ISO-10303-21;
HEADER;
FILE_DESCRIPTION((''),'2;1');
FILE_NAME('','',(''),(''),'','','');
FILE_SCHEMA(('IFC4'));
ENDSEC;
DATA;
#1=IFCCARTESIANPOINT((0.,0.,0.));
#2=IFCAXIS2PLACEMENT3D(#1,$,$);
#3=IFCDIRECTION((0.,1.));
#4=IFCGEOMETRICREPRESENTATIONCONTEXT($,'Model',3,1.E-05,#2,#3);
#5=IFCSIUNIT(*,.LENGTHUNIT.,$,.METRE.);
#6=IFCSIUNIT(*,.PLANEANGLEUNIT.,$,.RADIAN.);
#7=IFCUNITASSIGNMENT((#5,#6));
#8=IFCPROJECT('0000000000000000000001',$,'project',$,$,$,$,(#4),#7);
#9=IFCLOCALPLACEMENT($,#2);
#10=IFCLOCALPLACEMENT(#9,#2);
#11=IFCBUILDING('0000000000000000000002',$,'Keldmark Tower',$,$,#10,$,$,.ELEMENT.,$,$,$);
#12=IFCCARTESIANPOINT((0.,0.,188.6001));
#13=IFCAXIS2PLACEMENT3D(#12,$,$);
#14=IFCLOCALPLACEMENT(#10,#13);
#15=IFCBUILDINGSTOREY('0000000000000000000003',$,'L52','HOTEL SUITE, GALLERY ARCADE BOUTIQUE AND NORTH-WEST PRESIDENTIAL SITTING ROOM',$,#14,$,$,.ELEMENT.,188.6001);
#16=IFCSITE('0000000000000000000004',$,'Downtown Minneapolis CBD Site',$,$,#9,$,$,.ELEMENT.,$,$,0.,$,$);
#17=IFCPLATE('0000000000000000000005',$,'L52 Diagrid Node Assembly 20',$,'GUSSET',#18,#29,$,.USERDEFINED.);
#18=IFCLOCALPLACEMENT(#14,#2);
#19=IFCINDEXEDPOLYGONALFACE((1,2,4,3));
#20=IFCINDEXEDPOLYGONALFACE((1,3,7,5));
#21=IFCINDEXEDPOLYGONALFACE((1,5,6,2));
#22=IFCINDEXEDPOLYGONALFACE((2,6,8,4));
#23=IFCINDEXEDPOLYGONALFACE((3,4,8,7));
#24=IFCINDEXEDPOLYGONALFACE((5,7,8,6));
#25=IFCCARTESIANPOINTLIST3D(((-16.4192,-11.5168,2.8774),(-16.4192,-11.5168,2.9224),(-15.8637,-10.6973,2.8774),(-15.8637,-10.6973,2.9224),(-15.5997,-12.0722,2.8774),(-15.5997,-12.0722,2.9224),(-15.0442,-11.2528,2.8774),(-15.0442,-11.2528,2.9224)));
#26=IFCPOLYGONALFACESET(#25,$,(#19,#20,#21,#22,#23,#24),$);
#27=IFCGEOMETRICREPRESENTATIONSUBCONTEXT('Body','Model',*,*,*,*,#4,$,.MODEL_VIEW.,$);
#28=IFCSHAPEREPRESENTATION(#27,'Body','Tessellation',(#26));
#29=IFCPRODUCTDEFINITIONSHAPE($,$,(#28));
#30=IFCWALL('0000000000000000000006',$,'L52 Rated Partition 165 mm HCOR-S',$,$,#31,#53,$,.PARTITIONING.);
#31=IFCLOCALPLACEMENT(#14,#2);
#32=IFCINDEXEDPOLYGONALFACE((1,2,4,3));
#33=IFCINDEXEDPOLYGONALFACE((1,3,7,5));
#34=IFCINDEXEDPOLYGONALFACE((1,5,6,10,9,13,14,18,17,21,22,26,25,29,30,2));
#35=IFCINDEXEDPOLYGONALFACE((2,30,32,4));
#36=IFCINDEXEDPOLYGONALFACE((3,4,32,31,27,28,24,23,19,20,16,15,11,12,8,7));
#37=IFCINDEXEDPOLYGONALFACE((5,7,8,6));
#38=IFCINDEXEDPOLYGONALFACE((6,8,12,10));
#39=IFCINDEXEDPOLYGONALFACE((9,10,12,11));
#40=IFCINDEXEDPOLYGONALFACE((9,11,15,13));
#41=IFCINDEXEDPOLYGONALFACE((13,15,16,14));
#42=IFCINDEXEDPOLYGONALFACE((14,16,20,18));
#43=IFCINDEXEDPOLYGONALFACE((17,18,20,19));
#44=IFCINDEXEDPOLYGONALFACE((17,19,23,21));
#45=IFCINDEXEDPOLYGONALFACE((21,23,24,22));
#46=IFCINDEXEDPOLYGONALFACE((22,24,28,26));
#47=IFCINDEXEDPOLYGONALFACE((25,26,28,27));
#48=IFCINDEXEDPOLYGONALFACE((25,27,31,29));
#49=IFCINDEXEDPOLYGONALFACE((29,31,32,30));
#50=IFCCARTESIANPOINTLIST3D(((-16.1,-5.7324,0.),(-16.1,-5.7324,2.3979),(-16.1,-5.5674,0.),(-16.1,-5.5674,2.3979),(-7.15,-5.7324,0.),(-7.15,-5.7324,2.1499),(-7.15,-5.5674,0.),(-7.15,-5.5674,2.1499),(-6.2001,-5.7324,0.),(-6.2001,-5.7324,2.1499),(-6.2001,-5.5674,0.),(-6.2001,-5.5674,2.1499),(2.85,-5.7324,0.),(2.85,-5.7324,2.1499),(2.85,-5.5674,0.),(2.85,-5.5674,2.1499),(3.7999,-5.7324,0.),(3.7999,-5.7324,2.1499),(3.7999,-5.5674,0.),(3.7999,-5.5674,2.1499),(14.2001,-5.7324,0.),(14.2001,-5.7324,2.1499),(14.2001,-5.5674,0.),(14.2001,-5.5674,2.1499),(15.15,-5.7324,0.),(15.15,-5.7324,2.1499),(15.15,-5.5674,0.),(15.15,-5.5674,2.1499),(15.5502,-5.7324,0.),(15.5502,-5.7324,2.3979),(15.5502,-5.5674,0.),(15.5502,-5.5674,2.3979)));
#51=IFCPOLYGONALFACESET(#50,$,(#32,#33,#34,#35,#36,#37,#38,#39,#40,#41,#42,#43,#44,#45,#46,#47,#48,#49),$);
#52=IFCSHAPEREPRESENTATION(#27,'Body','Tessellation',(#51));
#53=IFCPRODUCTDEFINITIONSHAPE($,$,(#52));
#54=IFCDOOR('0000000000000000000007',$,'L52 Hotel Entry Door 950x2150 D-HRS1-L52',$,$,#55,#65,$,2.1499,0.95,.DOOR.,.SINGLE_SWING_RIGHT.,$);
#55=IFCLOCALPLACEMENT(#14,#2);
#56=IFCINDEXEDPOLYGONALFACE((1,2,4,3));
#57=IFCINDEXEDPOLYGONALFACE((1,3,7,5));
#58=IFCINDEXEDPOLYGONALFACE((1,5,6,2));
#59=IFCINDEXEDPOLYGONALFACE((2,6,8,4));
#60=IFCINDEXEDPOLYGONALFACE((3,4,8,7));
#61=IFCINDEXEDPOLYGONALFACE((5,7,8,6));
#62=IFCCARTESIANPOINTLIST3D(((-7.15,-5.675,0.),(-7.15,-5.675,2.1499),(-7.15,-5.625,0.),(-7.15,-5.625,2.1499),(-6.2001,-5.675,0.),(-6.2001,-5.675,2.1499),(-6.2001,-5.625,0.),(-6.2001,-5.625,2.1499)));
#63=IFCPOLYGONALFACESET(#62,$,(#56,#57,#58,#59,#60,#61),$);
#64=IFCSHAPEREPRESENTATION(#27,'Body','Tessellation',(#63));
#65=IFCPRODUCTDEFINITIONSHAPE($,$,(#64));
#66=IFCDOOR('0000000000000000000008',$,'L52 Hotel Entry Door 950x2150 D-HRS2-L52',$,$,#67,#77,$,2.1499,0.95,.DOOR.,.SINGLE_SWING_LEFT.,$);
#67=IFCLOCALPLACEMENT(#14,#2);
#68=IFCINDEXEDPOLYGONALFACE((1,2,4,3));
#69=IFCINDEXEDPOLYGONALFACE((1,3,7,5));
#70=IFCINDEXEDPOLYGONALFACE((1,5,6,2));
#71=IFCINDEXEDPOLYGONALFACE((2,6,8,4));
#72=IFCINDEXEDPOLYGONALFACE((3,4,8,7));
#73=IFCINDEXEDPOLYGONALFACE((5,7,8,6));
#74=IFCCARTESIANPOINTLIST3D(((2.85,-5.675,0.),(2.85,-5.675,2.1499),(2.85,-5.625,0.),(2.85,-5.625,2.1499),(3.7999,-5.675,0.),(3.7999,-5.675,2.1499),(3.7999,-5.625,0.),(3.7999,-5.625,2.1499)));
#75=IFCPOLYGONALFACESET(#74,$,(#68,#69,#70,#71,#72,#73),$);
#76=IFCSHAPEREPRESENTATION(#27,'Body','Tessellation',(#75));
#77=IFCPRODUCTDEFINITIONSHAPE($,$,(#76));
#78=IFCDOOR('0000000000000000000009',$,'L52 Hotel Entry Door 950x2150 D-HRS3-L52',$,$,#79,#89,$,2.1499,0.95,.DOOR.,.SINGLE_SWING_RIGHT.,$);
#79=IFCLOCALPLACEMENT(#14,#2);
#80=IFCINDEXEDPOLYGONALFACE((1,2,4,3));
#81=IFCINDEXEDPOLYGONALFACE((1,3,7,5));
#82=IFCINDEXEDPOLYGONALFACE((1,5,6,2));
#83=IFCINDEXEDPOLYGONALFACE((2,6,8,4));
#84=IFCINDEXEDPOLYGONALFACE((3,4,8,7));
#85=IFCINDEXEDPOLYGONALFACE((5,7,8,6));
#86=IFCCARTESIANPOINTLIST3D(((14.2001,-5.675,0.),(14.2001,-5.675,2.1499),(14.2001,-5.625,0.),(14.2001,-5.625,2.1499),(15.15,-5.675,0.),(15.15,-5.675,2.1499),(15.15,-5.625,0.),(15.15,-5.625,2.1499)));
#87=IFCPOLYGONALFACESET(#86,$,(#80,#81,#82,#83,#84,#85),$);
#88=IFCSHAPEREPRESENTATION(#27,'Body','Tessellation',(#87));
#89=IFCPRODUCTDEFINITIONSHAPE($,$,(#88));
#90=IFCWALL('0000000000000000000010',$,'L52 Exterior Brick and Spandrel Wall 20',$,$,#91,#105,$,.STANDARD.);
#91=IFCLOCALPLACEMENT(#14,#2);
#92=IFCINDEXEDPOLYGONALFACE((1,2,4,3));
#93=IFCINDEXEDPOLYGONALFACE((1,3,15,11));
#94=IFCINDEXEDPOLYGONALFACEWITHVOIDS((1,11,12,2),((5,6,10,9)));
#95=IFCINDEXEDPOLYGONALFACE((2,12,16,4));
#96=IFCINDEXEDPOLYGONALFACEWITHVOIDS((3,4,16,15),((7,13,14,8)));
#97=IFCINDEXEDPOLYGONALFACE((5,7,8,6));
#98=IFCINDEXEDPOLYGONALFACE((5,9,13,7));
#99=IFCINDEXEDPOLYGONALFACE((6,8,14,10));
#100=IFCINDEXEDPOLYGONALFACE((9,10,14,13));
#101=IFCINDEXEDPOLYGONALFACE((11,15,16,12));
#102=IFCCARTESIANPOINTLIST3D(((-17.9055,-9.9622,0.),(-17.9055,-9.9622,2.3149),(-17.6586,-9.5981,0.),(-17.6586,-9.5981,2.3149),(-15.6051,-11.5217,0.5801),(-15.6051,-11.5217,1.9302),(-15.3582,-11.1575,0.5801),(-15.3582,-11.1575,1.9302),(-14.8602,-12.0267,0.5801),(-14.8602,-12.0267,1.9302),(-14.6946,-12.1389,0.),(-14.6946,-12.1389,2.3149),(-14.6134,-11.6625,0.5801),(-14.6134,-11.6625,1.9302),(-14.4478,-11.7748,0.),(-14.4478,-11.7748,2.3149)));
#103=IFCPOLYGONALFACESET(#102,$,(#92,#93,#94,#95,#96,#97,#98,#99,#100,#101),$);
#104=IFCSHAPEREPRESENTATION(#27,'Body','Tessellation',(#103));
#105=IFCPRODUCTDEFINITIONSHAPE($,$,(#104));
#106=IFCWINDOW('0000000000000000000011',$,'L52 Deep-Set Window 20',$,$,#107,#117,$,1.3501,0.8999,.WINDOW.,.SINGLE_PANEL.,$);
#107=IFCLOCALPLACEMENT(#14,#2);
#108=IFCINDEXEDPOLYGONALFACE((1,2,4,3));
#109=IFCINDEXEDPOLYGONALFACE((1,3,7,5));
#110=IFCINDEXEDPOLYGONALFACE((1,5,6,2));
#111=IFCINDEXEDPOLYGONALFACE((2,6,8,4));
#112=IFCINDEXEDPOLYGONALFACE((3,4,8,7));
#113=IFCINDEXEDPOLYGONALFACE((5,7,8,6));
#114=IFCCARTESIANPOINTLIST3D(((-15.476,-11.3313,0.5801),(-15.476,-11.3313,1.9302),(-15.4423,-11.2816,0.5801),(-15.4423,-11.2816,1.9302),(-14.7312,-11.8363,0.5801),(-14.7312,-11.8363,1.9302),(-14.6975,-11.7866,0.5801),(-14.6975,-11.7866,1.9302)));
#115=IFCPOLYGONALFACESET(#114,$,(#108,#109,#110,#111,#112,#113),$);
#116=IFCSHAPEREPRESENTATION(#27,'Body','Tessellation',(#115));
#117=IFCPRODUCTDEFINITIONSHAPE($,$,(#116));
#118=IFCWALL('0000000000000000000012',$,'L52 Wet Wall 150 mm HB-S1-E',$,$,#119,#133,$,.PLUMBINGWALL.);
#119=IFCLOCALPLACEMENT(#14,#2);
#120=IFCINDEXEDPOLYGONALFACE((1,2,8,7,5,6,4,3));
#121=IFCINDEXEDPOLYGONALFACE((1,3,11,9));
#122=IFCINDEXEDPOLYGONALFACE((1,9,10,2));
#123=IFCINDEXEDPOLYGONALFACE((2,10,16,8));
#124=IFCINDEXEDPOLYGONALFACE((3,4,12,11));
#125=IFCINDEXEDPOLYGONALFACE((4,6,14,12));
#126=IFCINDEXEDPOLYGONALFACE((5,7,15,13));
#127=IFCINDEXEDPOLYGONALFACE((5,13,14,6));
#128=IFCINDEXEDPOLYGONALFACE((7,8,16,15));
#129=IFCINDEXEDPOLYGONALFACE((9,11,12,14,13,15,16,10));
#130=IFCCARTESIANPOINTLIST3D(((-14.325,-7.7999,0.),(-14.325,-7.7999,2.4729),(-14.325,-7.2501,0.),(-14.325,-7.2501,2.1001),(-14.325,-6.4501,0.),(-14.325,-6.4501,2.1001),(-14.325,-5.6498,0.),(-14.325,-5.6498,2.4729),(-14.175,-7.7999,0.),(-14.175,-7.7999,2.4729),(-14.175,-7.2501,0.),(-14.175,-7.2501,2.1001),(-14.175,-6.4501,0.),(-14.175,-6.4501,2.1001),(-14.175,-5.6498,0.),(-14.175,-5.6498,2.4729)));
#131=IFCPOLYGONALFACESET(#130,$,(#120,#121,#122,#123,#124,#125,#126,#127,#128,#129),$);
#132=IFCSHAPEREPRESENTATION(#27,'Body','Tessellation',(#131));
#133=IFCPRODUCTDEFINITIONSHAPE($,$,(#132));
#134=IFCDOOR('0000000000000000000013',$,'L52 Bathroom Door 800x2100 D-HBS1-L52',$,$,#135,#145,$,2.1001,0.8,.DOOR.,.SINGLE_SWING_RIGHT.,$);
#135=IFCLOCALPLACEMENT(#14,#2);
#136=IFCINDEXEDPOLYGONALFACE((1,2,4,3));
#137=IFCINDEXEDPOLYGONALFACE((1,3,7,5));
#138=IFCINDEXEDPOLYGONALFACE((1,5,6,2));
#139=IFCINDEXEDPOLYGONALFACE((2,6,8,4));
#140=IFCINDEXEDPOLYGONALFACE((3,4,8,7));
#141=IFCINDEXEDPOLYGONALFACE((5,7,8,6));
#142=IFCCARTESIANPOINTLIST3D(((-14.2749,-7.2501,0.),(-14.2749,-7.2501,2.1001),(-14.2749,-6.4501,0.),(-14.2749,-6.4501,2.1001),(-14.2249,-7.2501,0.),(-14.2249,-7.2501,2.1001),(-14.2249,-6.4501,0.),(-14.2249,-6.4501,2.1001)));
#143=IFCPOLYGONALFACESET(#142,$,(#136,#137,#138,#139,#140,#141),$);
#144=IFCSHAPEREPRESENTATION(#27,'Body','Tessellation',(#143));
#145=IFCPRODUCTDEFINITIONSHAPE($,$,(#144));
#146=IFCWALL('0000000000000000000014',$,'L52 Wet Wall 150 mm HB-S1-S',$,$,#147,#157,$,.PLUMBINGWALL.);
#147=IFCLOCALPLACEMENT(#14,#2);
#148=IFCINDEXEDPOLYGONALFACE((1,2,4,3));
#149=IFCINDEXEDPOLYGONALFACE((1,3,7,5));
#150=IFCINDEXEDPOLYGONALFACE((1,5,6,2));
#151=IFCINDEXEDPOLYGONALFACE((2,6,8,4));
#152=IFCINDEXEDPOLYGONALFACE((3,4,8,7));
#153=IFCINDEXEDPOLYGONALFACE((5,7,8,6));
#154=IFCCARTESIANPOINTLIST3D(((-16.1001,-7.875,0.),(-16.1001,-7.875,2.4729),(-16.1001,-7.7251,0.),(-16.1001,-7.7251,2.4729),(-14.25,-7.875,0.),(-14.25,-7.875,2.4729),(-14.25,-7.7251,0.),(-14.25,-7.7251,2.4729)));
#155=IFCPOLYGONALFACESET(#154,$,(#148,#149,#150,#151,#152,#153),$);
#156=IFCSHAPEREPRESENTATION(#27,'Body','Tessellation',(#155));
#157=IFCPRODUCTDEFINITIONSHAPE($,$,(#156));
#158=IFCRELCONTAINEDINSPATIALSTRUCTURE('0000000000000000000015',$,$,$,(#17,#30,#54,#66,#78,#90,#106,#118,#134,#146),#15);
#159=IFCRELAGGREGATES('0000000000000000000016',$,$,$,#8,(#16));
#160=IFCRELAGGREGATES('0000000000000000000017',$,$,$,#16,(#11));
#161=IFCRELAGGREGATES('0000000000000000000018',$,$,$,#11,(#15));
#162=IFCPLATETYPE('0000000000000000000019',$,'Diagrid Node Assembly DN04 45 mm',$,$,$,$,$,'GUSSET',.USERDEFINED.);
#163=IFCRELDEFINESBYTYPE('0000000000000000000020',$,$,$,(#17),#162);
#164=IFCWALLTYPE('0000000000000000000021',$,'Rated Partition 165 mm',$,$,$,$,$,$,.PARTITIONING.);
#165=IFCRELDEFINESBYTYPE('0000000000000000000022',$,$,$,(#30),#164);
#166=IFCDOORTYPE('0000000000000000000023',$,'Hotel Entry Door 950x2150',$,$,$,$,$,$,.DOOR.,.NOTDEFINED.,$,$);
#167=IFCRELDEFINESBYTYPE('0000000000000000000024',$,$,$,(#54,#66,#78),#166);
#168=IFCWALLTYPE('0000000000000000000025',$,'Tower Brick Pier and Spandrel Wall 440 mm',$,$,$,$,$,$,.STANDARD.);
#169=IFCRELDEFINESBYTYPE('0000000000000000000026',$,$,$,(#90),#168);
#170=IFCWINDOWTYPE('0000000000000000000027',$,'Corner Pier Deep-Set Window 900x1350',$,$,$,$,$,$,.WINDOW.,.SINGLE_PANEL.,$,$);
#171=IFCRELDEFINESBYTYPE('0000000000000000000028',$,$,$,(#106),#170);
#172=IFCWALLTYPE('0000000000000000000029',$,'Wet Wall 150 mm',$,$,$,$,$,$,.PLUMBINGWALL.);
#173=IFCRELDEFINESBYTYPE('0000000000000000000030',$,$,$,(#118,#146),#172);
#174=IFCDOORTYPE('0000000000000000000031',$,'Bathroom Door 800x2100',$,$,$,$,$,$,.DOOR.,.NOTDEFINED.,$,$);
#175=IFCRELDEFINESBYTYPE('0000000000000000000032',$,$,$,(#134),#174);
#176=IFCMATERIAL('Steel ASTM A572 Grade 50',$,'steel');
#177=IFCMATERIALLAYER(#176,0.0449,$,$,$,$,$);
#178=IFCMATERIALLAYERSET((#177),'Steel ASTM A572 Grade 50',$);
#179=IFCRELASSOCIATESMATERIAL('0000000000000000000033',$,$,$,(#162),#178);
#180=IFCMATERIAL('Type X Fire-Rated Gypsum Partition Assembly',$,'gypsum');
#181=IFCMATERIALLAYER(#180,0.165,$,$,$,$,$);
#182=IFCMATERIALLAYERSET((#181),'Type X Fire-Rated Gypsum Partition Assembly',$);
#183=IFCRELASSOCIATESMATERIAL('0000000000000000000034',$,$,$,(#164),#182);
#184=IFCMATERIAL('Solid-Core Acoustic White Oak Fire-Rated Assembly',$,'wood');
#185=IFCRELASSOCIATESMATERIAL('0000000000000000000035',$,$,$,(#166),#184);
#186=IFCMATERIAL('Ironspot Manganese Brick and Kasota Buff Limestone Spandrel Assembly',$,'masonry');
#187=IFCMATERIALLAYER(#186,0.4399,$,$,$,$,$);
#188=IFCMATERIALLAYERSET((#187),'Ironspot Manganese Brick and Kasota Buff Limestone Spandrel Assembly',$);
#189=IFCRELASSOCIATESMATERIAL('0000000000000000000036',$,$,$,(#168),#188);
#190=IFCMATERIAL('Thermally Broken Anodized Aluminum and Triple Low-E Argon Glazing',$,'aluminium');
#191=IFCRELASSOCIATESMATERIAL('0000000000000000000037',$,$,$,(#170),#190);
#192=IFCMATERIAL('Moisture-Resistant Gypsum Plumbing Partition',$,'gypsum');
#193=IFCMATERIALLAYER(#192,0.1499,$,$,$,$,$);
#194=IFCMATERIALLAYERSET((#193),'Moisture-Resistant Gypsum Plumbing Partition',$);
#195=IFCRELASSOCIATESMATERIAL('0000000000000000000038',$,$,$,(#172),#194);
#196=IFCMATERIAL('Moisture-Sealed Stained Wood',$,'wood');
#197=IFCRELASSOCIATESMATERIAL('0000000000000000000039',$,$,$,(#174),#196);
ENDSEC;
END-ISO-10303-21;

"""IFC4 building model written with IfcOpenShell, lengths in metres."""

from ifc_helpers import new_model, si_unit, direction, frame, frame_2d, origin, origin_2d, place, context, subcontext, project, spatial, rectangle, extrude, material, layer, layer_set, type_object, element, fill, save


model = new_model("IFC4")

# Units and contexts
model_context = context("Model", 3, precision=1e-05, world=origin(), true_north=direction((0.0, 1.0)))
body_context = subcontext(model_context, "Body", "Model", "MODEL_VIEW")
ifc_project = project(units=[si_unit("LENGTHUNIT", "METRE"), si_unit("PLANEANGLEUNIT", "RADIAN")], contexts=[model_context])

# Site, building, storey
site_placement = place(None, origin())
site = spatial("IfcSite", under=ifc_project, at=site_placement, Name="Downtown Minneapolis CBD Site", CompositionType="ELEMENT", RefElevation=0.0)
building_placement = place(site_placement, origin())
building = spatial("IfcBuilding", under=site, at=building_placement, Name="Keldmark Tower", CompositionType="ELEMENT")
storey_placement = place(building_placement, frame((0.0, 0.0, 188.6001)))
storey = spatial("IfcBuildingStorey", under=building, at=storey_placement, Name="L52", Description="HOTEL SUITE, GALLERY ARCADE BOUTIQUE AND NORTH-WEST PRESIDENTIAL SITTING ROOM", CompositionType="ELEMENT", Elevation=188.6001)

# Plate
ifc_material_1 = material(Name="Steel ASTM A572 Grade 50", Category="steel")
ifc_layer_1 = layer(ifc_material_1, 0.0449)
ifc_layer_set_1 = layer_set([ifc_layer_1], Name="Steel ASTM A572 Grade 50")
plate_type = type_object("IfcPlateType", Name="Diagrid Node Assembly DN04 45 mm", ElementType="GUSSET", PredefinedType="USERDEFINED", material=ifc_layer_set_1)
plate_placement = place(storey_placement, frame((-15.7317, -11.3848, 2.8774), z_axis=(0.0, 0.0, 1.0), x_axis=(0.827767, -0.561072, 0.0)))
element("IfcPlate", 1, at=plate_placement, inside=storey, type_object=plate_type, Name="L52 Diagrid Node Assembly 20", ObjectType="GUSSET", PredefinedType="USERDEFINED", context=body_context, shape_type="SweptSolid", body=[
    extrude(rectangle(XDim=0.99, YDim=0.99, at=origin_2d()), origin(), (0.0, 0.0, 1.0), 0.0449),
])

# Wall, openings, doors
ifc_material_2 = material(Name="Type X Fire-Rated Gypsum Partition Assembly", Category="gypsum")
ifc_layer_2 = layer(ifc_material_2, 0.165)
ifc_layer_set_2 = layer_set([ifc_layer_2], Name="Type X Fire-Rated Gypsum Partition Assembly")
wall_type_1 = type_object("IfcWallType", Name="Rated Partition 165 mm", PredefinedType="PARTITIONING", material=ifc_layer_set_2)
wall_1_placement = place(storey_placement, frame((-16.1001, -5.6499, 0.0), z_axis=(0.0, 0.0, 1.0), x_axis=(1.0, 0.0, 0.0)))
wall_1 = element("IfcWall", 2, at=wall_1_placement, inside=storey, type_object=wall_type_1, Name="L52 Rated Partition 165 mm HCOR-S", PredefinedType="PARTITIONING", context=body_context, shape_type="SweptSolid", body=[
    extrude(rectangle(XDim=31.6501, YDim=0.165, at=frame_2d((15.8252, 0.0))), origin(), (0.0, 0.0, 1.0), 2.3979),
])
opening_1_placement = place(wall_1_placement, frame((8.95, 0.0, 0.0)))
opening_1 = element("IfcOpeningElement", 3, at=opening_1_placement, cuts=wall_1, PredefinedType="OPENING", context=body_context, shape_type="SweptSolid", body=[
    extrude(rectangle(XDim=0.95, YDim=2.1499, at=frame_2d((0.4751, 1.075))), frame((0.0, 0.0925, 0.0), z_axis=(0.0, -1.0, 0.0), x_axis=(1.0, 0.0, 0.0)), (0.0, 0.0, 1.0), 0.1851),
])
opening_2_placement = place(wall_1_placement, frame((18.95, 0.0, 0.0)))
opening_2 = element("IfcOpeningElement", 4, at=opening_2_placement, cuts=wall_1, PredefinedType="OPENING", context=body_context, shape_type="SweptSolid", body=[
    extrude(rectangle(XDim=0.95, YDim=2.1499, at=frame_2d((0.4751, 1.075))), frame((0.0, 0.0925, 0.0), z_axis=(0.0, -1.0, 0.0), x_axis=(1.0, 0.0, 0.0)), (0.0, 0.0, 1.0), 0.1851),
])
opening_3_placement = place(wall_1_placement, frame((30.3, 0.0, 0.0)))
opening_3 = element("IfcOpeningElement", 5, at=opening_3_placement, cuts=wall_1, PredefinedType="OPENING", context=body_context, shape_type="SweptSolid", body=[
    extrude(rectangle(XDim=0.95, YDim=2.1499, at=frame_2d((0.4751, 1.075))), frame((0.0, 0.0925, 0.0), z_axis=(0.0, -1.0, 0.0), x_axis=(1.0, 0.0, 0.0)), (0.0, 0.0, 1.0), 0.1851),
])
ifc_material_3 = material(Name="Solid-Core Acoustic White Oak Fire-Rated Assembly", Category="wood")
door_type_1 = type_object("IfcDoorType", Name="Hotel Entry Door 950x2150", OperationType="NOTDEFINED", PredefinedType="DOOR", material=ifc_material_3)
door_1_placement = place(opening_1_placement, origin())
door_1 = element("IfcDoor", 6, at=door_1_placement, inside=storey, type_object=door_type_1, Name="L52 Hotel Entry Door 950x2150 D-HRS1-L52", OperationType="SINGLE_SWING_RIGHT", OverallHeight=2.1499, OverallWidth=0.95, PredefinedType="DOOR", context=body_context, shape_type="SweptSolid", body=[
    extrude(rectangle(XDim=0.95, YDim=2.1499, at=frame_2d((0.4751, 1.075))), frame((0.0, 0.0249, 0.0), z_axis=(0.0, -1.0, 0.0), x_axis=(1.0, 0.0, 0.0)), (0.0, 0.0, 1.0), 0.05),
])
fill(opening_1, door_1)
door_2_placement = place(opening_2_placement, origin())
door_2 = element("IfcDoor", 7, at=door_2_placement, inside=storey, type_object=door_type_1, Name="L52 Hotel Entry Door 950x2150 D-HRS2-L52", OperationType="SINGLE_SWING_LEFT", OverallHeight=2.1499, OverallWidth=0.95, PredefinedType="DOOR", context=body_context, shape_type="SweptSolid", body=[
    extrude(rectangle(XDim=0.95, YDim=2.1499, at=frame_2d((0.4751, 1.075))), frame((0.0, 0.0249, 0.0), z_axis=(0.0, -1.0, 0.0), x_axis=(1.0, 0.0, 0.0)), (0.0, 0.0, 1.0), 0.05),
])
fill(opening_2, door_2)
door_3_placement = place(opening_3_placement, origin())
door_3 = element("IfcDoor", 8, at=door_3_placement, inside=storey, type_object=door_type_1, Name="L52 Hotel Entry Door 950x2150 D-HRS3-L52", OperationType="SINGLE_SWING_RIGHT", OverallHeight=2.1499, OverallWidth=0.95, PredefinedType="DOOR", context=body_context, shape_type="SweptSolid", body=[
    extrude(rectangle(XDim=0.95, YDim=2.1499, at=frame_2d((0.4751, 1.075))), frame((0.0, 0.0249, 0.0), z_axis=(0.0, -1.0, 0.0), x_axis=(1.0, 0.0, 0.0)), (0.0, 0.0, 1.0), 0.05),
])
fill(opening_3, door_3)

# Wall, opening, window
ifc_material_4 = material(Name="Ironspot Manganese Brick and Kasota Buff Limestone Spandrel Assembly", Category="masonry")
ifc_layer_3 = layer(ifc_material_4, 0.4399)
ifc_layer_set_3 = layer_set([ifc_layer_3], Name="Ironspot Manganese Brick and Kasota Buff Limestone Spandrel Assembly")
wall_type_2 = type_object("IfcWallType", Name="Tower Brick Pier and Spandrel Wall 440 mm", PredefinedType="STANDARD", material=ifc_layer_set_3)
wall_2_placement = place(storey_placement, frame((-14.5713, -11.9568, 0.0), z_axis=(0.0, 0.0, 1.0), x_axis=(-0.827726, 0.561132, 0.0)))
wall_2 = element("IfcWall", 9, at=wall_2_placement, inside=storey, type_object=wall_type_2, Name="L52 Exterior Brick and Spandrel Wall 20", PredefinedType="STANDARD", context=body_context, shape_type="SweptSolid", body=[
    extrude(rectangle(XDim=3.8792, YDim=0.4399, at=frame_2d((1.9395, 0.0))), origin(), (0.0, 0.0, 1.0), 2.3149),
])
opening_4_placement = place(wall_2_placement, frame((0.2, 0.0, 0.5801)))
opening_4 = element("IfcOpeningElement", 10, at=opening_4_placement, cuts=wall_2, PredefinedType="OPENING", context=body_context, shape_type="SweptSolid", body=[
    extrude(rectangle(XDim=0.8999, YDim=1.3501, at=frame_2d((0.45, 0.675))), frame((0.0, 0.23, 0.0), z_axis=(0.0, -1.0, 0.0), x_axis=(1.0, 0.0, 0.0)), (0.0, 0.0, 1.0), 0.46),
])
ifc_material_5 = material(Name="Thermally Broken Anodized Aluminum and Triple Low-E Argon Glazing", Category="aluminium")
window_type = type_object("IfcWindowType", Name="Corner Pier Deep-Set Window 900x1350", PartitioningType="SINGLE_PANEL", PredefinedType="WINDOW", material=ifc_material_5)
window_placement = place(opening_4_placement, origin())
window = element("IfcWindow", 11, at=window_placement, inside=storey, type_object=window_type, Name="L52 Deep-Set Window 20", OverallHeight=1.3501, OverallWidth=0.8999, PartitioningType="SINGLE_PANEL", PredefinedType="WINDOW", context=body_context, shape_type="SweptSolid", body=[
    extrude(rectangle(XDim=0.8999, YDim=1.3501, at=frame_2d((0.45, 0.675))), frame((0.0, -0.01, 0.0), z_axis=(0.0, -1.0, 0.0), x_axis=(1.0, 0.0, 0.0)), (0.0, 0.0, 1.0), 0.0601),
])
fill(opening_4, window)

# Wall, opening, door
ifc_material_6 = material(Name="Moisture-Resistant Gypsum Plumbing Partition", Category="gypsum")
ifc_layer_4 = layer(ifc_material_6, 0.1499)
ifc_layer_set_4 = layer_set([ifc_layer_4], Name="Moisture-Resistant Gypsum Plumbing Partition")
wall_type_3 = type_object("IfcWallType", Name="Wet Wall 150 mm", PredefinedType="PLUMBINGWALL", material=ifc_layer_set_4)
wall_3_placement = place(storey_placement, frame((-14.25, -7.8, 0.0), z_axis=(0.0, 0.0, 1.0), x_axis=(0.0, 1.0, 0.0)))
wall_3 = element("IfcWall", 12, at=wall_3_placement, inside=storey, type_object=wall_type_3, Name="L52 Wet Wall 150 mm HB-S1-E", PredefinedType="PLUMBINGWALL", context=body_context, shape_type="SweptSolid", body=[
    extrude(rectangle(XDim=2.1501, YDim=0.1499, at=frame_2d((1.0752, 0.0))), origin(), (0.0, 0.0, 1.0), 2.4729),
])
opening_5_placement = place(wall_3_placement, frame((0.55, 0.0, 0.0)))
opening_5 = element("IfcOpeningElement", 13, at=opening_5_placement, cuts=wall_3, PredefinedType="OPENING", context=body_context, shape_type="SweptSolid", body=[
    extrude(rectangle(XDim=0.8, YDim=2.1001, at=frame_2d((0.3999, 1.05))), frame((0.0, 0.085, 0.0), z_axis=(0.0, -1.0, 0.0), x_axis=(1.0, 0.0, 0.0)), (0.0, 0.0, 1.0), 0.1699),
])
ifc_material_7 = material(Name="Moisture-Sealed Stained Wood", Category="wood")
door_type_2 = type_object("IfcDoorType", Name="Bathroom Door 800x2100", OperationType="NOTDEFINED", PredefinedType="DOOR", material=ifc_material_7)
door_4_placement = place(opening_5_placement, origin())
door_4 = element("IfcDoor", 14, at=door_4_placement, inside=storey, type_object=door_type_2, Name="L52 Bathroom Door 800x2100 D-HBS1-L52", OperationType="SINGLE_SWING_RIGHT", OverallHeight=2.1001, OverallWidth=0.8, PredefinedType="DOOR", context=body_context, shape_type="SweptSolid", body=[
    extrude(rectangle(XDim=0.8, YDim=2.1001, at=frame_2d((0.3999, 1.05))), frame((0.0, 0.0249, 0.0), z_axis=(0.0, -1.0, 0.0), x_axis=(1.0, 0.0, 0.0)), (0.0, 0.0, 1.0), 0.05),
])
fill(opening_5, door_4)

# Wall
wall_4_placement = place(storey_placement, frame((-16.1001, -7.8, 0.0), z_axis=(0.0, 0.0, 1.0), x_axis=(1.0, 0.0, 0.0)))
element("IfcWall", 15, at=wall_4_placement, inside=storey, type_object=wall_type_3, Name="L52 Wet Wall 150 mm HB-S1-S", PredefinedType="PLUMBINGWALL", context=body_context, shape_type="SweptSolid", body=[
    extrude(rectangle(XDim=1.8501, YDim=0.1499, at=frame_2d((0.925, 0.0))), origin(), (0.0, 0.0, 1.0), 2.4729),
])

save(model, "model.ifc")
